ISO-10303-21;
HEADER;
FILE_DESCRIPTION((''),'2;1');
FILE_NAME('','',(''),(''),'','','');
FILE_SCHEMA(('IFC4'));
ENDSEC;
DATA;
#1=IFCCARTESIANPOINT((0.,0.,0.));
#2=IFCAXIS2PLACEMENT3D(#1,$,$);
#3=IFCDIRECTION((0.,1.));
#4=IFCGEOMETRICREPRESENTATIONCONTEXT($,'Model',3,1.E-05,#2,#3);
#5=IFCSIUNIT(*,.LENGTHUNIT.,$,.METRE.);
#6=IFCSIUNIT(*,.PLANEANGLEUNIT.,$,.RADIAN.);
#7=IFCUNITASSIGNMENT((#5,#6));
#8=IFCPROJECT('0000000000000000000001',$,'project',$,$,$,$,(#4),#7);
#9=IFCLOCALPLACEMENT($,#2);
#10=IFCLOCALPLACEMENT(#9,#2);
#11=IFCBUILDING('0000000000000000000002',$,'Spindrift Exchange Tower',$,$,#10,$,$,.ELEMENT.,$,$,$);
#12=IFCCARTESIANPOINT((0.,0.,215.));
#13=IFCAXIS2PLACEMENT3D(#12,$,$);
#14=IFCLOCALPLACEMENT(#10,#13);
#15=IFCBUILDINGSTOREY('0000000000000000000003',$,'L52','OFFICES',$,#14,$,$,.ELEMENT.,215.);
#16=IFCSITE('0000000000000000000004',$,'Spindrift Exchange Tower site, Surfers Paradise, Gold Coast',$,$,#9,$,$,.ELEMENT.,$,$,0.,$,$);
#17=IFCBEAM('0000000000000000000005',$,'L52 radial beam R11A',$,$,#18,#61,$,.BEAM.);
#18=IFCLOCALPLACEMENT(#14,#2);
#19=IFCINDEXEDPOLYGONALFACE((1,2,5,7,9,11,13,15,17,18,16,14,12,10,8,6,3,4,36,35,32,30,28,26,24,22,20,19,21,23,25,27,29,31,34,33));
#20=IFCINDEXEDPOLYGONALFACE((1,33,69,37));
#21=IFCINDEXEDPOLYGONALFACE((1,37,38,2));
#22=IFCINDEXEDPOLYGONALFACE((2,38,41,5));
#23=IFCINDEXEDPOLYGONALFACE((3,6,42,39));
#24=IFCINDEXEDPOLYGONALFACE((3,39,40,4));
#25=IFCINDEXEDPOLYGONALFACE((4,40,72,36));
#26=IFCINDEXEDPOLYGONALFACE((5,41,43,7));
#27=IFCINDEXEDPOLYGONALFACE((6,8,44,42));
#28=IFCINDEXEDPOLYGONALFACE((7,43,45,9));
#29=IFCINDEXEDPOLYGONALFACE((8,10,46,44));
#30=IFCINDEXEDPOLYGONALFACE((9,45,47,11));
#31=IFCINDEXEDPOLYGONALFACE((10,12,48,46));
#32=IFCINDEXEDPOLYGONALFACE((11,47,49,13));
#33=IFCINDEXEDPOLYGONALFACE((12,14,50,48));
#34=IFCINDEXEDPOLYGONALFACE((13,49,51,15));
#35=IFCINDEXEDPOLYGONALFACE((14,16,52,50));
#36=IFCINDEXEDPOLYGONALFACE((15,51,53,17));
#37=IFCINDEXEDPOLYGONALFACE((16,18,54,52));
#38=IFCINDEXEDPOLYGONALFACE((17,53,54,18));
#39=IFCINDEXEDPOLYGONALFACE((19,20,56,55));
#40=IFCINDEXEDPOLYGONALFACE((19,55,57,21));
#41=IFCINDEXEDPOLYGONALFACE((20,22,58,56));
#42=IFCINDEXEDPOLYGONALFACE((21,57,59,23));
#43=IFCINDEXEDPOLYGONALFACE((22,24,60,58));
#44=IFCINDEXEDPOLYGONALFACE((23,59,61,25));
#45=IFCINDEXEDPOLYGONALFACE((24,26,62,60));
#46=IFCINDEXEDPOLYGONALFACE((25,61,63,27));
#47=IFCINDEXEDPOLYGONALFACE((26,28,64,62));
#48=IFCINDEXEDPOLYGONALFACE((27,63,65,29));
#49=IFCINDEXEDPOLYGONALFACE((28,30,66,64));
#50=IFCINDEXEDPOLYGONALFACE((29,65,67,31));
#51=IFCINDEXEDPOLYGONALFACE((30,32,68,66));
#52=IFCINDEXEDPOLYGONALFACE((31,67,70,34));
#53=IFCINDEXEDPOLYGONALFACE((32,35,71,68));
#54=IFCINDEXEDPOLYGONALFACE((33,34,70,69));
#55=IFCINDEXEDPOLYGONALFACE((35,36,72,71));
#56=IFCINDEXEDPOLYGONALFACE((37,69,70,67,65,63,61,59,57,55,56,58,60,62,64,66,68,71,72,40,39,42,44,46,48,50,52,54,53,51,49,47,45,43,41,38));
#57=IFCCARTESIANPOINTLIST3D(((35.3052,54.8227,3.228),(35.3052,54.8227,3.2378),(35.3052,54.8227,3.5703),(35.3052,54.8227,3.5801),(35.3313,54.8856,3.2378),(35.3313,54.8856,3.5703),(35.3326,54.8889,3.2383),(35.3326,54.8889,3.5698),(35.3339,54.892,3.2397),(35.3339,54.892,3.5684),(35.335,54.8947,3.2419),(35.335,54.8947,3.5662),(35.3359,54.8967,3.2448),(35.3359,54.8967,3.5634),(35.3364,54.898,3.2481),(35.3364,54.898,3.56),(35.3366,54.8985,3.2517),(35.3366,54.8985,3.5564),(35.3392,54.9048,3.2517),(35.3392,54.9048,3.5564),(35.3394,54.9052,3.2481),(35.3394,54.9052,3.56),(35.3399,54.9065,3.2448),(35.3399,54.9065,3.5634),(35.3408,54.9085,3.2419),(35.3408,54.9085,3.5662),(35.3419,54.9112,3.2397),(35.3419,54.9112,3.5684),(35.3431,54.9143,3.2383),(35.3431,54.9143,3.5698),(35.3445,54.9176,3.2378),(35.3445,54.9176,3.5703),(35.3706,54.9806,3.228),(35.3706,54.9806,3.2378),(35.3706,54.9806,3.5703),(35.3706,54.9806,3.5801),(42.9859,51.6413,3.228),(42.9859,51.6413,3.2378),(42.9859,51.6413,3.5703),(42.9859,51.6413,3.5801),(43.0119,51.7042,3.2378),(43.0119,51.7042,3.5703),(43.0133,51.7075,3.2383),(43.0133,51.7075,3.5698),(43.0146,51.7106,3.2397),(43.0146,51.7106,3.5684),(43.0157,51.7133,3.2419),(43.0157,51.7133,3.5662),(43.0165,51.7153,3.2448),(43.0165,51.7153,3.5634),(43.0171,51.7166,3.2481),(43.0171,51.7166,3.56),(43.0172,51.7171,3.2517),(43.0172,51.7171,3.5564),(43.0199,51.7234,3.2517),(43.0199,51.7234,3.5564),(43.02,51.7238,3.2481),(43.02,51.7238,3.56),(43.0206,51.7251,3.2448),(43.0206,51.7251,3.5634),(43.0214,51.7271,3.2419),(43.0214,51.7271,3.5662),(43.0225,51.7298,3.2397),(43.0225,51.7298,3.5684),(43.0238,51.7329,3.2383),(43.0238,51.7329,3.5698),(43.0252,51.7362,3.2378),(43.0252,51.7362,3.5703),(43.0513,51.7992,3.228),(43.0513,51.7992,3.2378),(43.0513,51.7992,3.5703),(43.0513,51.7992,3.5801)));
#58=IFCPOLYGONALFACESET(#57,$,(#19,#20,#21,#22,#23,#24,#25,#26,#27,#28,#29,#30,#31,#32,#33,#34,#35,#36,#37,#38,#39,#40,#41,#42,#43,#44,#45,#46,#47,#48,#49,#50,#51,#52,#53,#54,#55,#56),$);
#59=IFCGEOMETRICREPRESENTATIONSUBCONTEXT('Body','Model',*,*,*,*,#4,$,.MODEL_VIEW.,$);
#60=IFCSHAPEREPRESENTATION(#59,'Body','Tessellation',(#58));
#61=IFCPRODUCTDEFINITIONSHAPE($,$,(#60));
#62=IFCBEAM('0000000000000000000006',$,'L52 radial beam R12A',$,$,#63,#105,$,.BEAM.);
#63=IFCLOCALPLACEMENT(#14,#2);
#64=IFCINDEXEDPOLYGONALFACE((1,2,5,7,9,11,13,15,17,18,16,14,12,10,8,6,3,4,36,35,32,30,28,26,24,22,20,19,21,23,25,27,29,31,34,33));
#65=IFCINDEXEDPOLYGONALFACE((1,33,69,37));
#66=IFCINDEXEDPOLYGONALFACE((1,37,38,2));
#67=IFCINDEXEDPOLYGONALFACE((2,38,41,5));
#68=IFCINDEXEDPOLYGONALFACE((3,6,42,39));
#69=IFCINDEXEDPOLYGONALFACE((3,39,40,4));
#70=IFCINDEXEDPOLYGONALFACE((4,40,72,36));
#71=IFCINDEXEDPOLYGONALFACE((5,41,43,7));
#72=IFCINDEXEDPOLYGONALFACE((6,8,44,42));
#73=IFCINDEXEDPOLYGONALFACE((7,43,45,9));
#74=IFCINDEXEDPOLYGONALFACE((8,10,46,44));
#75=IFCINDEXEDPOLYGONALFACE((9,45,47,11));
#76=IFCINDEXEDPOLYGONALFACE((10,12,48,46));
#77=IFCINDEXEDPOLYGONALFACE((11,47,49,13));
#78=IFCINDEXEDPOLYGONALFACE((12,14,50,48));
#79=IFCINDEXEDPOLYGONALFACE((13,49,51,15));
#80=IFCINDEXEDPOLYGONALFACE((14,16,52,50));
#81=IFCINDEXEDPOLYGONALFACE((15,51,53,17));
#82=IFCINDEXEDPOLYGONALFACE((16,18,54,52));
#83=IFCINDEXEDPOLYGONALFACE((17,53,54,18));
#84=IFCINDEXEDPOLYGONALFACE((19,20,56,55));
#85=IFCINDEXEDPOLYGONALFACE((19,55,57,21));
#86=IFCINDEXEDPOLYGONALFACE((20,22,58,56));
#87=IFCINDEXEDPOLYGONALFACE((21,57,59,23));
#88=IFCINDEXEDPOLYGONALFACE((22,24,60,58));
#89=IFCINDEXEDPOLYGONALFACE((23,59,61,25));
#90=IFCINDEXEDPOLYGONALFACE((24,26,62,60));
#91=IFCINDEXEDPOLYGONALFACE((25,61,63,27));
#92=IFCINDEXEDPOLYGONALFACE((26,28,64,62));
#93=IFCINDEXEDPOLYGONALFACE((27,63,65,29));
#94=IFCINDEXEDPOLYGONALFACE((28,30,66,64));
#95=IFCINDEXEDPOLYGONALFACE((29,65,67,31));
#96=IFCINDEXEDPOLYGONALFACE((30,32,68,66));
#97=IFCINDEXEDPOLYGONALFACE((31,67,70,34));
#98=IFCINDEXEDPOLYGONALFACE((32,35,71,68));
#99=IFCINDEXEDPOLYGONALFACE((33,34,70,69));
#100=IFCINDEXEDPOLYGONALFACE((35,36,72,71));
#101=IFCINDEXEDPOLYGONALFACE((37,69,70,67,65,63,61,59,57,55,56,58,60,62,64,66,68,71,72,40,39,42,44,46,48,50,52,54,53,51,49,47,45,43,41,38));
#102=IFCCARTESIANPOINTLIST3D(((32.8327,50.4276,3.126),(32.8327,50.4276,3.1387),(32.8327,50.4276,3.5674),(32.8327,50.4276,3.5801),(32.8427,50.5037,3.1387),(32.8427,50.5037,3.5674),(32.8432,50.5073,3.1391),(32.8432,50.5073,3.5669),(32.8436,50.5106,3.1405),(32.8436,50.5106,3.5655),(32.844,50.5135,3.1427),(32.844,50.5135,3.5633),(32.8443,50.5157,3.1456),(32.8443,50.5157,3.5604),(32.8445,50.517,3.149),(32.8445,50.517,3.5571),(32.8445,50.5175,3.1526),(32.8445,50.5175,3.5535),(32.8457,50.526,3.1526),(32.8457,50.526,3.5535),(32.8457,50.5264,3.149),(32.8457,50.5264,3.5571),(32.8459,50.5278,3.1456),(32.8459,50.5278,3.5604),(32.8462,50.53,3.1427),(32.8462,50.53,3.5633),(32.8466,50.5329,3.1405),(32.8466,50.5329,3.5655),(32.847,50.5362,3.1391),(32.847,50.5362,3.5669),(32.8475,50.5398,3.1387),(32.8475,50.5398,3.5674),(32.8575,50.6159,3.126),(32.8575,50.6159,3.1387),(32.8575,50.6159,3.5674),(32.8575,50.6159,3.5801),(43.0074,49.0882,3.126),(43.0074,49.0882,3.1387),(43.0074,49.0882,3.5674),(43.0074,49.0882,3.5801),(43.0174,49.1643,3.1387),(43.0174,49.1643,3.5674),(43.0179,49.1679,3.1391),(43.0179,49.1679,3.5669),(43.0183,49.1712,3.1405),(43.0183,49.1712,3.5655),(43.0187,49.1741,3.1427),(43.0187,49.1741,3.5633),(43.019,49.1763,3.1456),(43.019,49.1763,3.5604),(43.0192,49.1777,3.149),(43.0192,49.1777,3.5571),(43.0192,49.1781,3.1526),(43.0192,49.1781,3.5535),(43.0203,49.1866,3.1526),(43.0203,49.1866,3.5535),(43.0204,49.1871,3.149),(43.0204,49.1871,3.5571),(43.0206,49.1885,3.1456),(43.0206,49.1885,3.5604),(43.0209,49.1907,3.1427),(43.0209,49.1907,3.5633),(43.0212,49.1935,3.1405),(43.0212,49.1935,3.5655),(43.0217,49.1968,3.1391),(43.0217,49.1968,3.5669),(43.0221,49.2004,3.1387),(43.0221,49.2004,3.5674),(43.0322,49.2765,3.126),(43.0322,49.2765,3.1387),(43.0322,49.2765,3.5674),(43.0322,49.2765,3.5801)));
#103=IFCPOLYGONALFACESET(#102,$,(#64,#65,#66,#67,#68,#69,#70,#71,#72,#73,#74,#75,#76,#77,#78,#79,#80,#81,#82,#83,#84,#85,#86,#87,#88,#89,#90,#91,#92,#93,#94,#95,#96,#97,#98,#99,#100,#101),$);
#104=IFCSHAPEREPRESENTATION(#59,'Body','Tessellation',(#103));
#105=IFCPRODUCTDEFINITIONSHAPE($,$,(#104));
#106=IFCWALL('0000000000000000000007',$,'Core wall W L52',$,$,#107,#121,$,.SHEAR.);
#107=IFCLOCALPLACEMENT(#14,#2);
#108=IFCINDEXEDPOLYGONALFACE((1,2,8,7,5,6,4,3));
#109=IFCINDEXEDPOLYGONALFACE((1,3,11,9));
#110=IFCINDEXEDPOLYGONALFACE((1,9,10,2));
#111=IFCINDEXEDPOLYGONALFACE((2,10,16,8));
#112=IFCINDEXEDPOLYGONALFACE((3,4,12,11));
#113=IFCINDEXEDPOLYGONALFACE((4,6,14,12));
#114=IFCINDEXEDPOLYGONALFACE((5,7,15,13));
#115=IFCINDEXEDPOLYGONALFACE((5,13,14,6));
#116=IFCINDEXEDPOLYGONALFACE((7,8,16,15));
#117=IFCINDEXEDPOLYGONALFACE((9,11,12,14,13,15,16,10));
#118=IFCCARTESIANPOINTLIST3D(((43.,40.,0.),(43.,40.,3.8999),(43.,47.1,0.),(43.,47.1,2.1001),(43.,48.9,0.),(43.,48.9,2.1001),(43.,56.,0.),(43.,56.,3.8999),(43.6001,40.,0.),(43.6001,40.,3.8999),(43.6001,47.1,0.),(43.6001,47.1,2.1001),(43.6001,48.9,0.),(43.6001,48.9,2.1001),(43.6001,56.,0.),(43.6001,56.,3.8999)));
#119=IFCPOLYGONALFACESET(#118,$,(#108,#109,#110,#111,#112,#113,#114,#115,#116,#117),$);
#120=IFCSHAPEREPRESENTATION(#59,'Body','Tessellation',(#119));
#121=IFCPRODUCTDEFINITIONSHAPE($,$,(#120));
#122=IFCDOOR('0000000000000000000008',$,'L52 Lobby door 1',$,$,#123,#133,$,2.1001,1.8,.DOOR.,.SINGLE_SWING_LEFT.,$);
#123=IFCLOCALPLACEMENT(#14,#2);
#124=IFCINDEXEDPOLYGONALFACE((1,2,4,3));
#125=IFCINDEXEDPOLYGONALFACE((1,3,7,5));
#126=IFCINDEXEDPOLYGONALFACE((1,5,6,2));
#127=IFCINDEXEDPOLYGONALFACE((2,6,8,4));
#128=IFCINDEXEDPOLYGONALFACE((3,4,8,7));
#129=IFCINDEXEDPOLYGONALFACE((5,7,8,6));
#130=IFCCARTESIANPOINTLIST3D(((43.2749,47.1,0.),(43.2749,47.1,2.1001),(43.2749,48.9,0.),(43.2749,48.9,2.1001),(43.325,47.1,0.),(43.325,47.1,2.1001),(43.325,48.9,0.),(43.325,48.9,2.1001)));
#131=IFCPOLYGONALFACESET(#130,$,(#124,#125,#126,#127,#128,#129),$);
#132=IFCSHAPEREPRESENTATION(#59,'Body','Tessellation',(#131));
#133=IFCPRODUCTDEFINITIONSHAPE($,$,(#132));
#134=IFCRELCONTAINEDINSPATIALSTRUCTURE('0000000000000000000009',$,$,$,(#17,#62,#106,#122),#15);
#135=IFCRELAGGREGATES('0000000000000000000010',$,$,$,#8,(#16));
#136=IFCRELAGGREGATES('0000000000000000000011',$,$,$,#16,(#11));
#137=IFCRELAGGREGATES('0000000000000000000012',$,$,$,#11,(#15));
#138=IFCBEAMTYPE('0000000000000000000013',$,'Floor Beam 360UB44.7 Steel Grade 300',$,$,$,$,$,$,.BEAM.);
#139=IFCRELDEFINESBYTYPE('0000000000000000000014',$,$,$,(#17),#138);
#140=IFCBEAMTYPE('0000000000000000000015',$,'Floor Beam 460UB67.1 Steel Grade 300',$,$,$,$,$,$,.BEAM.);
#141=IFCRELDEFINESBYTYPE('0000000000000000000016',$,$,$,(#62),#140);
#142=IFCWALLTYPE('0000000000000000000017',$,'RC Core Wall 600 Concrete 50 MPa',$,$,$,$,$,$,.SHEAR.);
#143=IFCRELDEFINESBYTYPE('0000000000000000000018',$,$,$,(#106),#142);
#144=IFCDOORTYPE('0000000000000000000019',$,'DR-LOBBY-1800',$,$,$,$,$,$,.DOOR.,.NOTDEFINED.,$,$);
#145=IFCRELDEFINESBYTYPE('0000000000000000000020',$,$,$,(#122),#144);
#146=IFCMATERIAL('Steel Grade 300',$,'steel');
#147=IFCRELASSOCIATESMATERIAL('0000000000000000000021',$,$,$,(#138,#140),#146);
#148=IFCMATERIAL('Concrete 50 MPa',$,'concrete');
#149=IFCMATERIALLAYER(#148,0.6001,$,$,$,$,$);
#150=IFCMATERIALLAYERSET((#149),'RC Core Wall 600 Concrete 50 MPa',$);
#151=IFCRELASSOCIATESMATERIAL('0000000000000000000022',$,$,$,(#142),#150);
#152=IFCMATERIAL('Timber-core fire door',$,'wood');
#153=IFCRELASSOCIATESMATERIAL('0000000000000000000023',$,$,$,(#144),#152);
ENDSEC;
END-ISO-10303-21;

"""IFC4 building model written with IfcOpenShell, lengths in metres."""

from ifc_helpers import new_model, si_unit, direction, frame, frame_2d, origin, origin_2d, place, context, subcontext, project, spatial, rectangle, i_section, extrude, source, transform, mapped, material, layer, layer_set, material_profile, profile_set, type_object, element, fill, save


model = new_model("IFC4")

# Units and contexts
model_context = context("Model", 3, precision=1e-05, world=origin(), true_north=direction((0.0, 1.0)))
body_context = subcontext(model_context, "Body", "Model", "MODEL_VIEW")
ifc_project = project(units=[si_unit("LENGTHUNIT", "METRE"), si_unit("PLANEANGLEUNIT", "RADIAN")], contexts=[model_context])

# Site, building, storey
site_placement = place(None, origin())
site = spatial("IfcSite", under=ifc_project, at=site_placement, Name="Spindrift Exchange Tower site, Surfers Paradise, Gold Coast", CompositionType="ELEMENT", RefElevation=0.0)
building_placement = place(site_placement, origin())
building = spatial("IfcBuilding", under=site, at=building_placement, Name="Spindrift Exchange Tower", CompositionType="ELEMENT")
storey_placement = place(building_placement, frame((0.0, 0.0, 215.0)))
storey = spatial("IfcBuildingStorey", under=building, at=storey_placement, Name="L52", Description="OFFICES", CompositionType="ELEMENT", Elevation=215.0)

# Beams
ifc_material_1 = material(Name="Steel Grade 300", Category="steel")
ifc_material_profile_1 = material_profile(ifc_material_1, i_section(OverallWidth=0.1709, OverallDepth=0.3521, WebThickness=0.0068, FlangeThickness=0.0098, FilletRadius=0.0139, at=origin_2d()), Name="360UB44.7")
ifc_profile_set_1 = profile_set([ifc_material_profile_1], Name="Steel Grade 300")
beam_type_1 = type_object("IfcBeamType", Name="Floor Beam 360UB44.7 Steel Grade 300", PredefinedType="BEAM", material=ifc_profile_set_1)
shared_shape_1 = source(origin(), body_context, "Body", "SweptSolid", [
    extrude(i_section(OverallWidth=0.1709, OverallDepth=0.3521, WebThickness=0.0068, FlangeThickness=0.0098, FilletRadius=0.0139, at=origin_2d()), origin(), (0.0, 0.0, 1.0), 8.3135),
])
beam_1_placement = place(storey_placement, frame((43.0186, 51.7202, 3.4041), z_axis=(-0.923881, 0.382679, 0.0), x_axis=(-0.382679, -0.923881, 0.0)))
element("IfcBeam", 1, at=beam_1_placement, inside=storey, type_object=beam_type_1, Name="L52 radial beam R11A", PredefinedType="BEAM", context=body_context, shape_type="MappedRepresentation", body=[
    mapped(shared_shape_1, transform((0.0, 0.0, 0.0), scale=1.0)),
])
ifc_material_profile_2 = material_profile(ifc_material_1, i_section(OverallWidth=0.1899, OverallDepth=0.4541, WebThickness=0.0085, FlangeThickness=0.0127, FilletRadius=0.0139, at=origin_2d()), Name="460UB67.1")
ifc_profile_set_2 = profile_set([ifc_material_profile_2], Name="Steel Grade 300")
beam_type_2 = type_object("IfcBeamType", Name="Floor Beam 460UB67.1 Steel Grade 300", PredefinedType="BEAM", material=ifc_profile_set_2)
shared_shape_2 = source(origin(), body_context, "Body", "SweptSolid", [
    extrude(i_section(OverallWidth=0.1899, OverallDepth=0.4541, WebThickness=0.0085, FlangeThickness=0.0127, FilletRadius=0.0139, at=origin_2d()), origin(), (0.0, 0.0, 1.0), 10.2625),
])
beam_2_placement = place(storey_placement, frame((43.0198, 49.1824, 3.353), z_axis=(-0.991447, 0.130512, 0.0), x_axis=(-0.130512, -0.991447, 0.0)))
element("IfcBeam", 2, at=beam_2_placement, inside=storey, type_object=beam_type_2, Name="L52 radial beam R12A", PredefinedType="BEAM", context=body_context, shape_type="MappedRepresentation", body=[
    mapped(shared_shape_2, transform((0.0, 0.0, 0.0), scale=1.0)),
])

# Wall, opening, door
ifc_material_2 = material(Name="Concrete 50 MPa", Category="concrete")
ifc_layer_1 = layer(ifc_material_2, 0.6001)
ifc_layer_set_1 = layer_set([ifc_layer_1], Name="RC Core Wall 600 Concrete 50 MPa")
wall_type_1 = type_object("IfcWallType", Name="RC Core Wall 600 Concrete 50 MPa", PredefinedType="SHEAR", material=ifc_layer_set_1)
wall_1_placement = place(storey_placement, frame((43.3, 56.0, 0.0), z_axis=(0.0, 0.0, 1.0), x_axis=(0.0, -1.0, 0.0)))
wall_1 = element("IfcWall", 3, at=wall_1_placement, inside=storey, type_object=wall_type_1, Name="Core wall W L52", PredefinedType="SHEAR", context=body_context, shape_type="SweptSolid", body=[
    extrude(rectangle(XDim=16.0, YDim=0.6001, at=frame_2d((8.0, 0.0))), origin(), (0.0, 0.0, 1.0), 3.8999),
])
opening_1_placement = place(wall_1_placement, frame((7.1001, 0.0, 0.0)))
opening_1 = element("IfcOpeningElement", 4, at=opening_1_placement, cuts=wall_1, PredefinedType="OPENING", context=body_context, shape_type="SweptSolid", body=[
    extrude(rectangle(XDim=1.8, YDim=2.1001, at=frame_2d((0.8999, 1.05))), frame((0.0, 0.3101, 0.0), z_axis=(0.0, -1.0, 0.0), x_axis=(1.0, 0.0, 0.0)), (0.0, 0.0, 1.0), 0.6201),
])
ifc_material_3 = material(Name="Timber-core fire door", Category="wood")
door_type_1 = type_object("IfcDoorType", Name="DR-LOBBY-1800", OperationType="NOTDEFINED", PredefinedType="DOOR", material=ifc_material_3)
shared_shape_3 = source(origin(), body_context, "Body", "SweptSolid", [
    extrude(rectangle(XDim=1.8, YDim=2.1001, at=frame_2d((0.8999, 1.05))), frame((0.0, 0.0249, 0.0), z_axis=(0.0, -1.0, 0.0), x_axis=(1.0, 0.0, 0.0)), (0.0, 0.0, 1.0), 0.05),
])
door_1_placement = place(opening_1_placement, origin())
door_1 = element("IfcDoor", 5, at=door_1_placement, inside=storey, type_object=door_type_1, Name="L52 Lobby door 1", OperationType="SINGLE_SWING_LEFT", OverallHeight=2.1001, OverallWidth=1.8, PredefinedType="DOOR", context=body_context, shape_type="MappedRepresentation", body=[
    mapped(shared_shape_3, transform((0.0, 0.0, 0.0), scale=1.0)),
])
fill(opening_1, door_1)

save(model, "model.ifc")
